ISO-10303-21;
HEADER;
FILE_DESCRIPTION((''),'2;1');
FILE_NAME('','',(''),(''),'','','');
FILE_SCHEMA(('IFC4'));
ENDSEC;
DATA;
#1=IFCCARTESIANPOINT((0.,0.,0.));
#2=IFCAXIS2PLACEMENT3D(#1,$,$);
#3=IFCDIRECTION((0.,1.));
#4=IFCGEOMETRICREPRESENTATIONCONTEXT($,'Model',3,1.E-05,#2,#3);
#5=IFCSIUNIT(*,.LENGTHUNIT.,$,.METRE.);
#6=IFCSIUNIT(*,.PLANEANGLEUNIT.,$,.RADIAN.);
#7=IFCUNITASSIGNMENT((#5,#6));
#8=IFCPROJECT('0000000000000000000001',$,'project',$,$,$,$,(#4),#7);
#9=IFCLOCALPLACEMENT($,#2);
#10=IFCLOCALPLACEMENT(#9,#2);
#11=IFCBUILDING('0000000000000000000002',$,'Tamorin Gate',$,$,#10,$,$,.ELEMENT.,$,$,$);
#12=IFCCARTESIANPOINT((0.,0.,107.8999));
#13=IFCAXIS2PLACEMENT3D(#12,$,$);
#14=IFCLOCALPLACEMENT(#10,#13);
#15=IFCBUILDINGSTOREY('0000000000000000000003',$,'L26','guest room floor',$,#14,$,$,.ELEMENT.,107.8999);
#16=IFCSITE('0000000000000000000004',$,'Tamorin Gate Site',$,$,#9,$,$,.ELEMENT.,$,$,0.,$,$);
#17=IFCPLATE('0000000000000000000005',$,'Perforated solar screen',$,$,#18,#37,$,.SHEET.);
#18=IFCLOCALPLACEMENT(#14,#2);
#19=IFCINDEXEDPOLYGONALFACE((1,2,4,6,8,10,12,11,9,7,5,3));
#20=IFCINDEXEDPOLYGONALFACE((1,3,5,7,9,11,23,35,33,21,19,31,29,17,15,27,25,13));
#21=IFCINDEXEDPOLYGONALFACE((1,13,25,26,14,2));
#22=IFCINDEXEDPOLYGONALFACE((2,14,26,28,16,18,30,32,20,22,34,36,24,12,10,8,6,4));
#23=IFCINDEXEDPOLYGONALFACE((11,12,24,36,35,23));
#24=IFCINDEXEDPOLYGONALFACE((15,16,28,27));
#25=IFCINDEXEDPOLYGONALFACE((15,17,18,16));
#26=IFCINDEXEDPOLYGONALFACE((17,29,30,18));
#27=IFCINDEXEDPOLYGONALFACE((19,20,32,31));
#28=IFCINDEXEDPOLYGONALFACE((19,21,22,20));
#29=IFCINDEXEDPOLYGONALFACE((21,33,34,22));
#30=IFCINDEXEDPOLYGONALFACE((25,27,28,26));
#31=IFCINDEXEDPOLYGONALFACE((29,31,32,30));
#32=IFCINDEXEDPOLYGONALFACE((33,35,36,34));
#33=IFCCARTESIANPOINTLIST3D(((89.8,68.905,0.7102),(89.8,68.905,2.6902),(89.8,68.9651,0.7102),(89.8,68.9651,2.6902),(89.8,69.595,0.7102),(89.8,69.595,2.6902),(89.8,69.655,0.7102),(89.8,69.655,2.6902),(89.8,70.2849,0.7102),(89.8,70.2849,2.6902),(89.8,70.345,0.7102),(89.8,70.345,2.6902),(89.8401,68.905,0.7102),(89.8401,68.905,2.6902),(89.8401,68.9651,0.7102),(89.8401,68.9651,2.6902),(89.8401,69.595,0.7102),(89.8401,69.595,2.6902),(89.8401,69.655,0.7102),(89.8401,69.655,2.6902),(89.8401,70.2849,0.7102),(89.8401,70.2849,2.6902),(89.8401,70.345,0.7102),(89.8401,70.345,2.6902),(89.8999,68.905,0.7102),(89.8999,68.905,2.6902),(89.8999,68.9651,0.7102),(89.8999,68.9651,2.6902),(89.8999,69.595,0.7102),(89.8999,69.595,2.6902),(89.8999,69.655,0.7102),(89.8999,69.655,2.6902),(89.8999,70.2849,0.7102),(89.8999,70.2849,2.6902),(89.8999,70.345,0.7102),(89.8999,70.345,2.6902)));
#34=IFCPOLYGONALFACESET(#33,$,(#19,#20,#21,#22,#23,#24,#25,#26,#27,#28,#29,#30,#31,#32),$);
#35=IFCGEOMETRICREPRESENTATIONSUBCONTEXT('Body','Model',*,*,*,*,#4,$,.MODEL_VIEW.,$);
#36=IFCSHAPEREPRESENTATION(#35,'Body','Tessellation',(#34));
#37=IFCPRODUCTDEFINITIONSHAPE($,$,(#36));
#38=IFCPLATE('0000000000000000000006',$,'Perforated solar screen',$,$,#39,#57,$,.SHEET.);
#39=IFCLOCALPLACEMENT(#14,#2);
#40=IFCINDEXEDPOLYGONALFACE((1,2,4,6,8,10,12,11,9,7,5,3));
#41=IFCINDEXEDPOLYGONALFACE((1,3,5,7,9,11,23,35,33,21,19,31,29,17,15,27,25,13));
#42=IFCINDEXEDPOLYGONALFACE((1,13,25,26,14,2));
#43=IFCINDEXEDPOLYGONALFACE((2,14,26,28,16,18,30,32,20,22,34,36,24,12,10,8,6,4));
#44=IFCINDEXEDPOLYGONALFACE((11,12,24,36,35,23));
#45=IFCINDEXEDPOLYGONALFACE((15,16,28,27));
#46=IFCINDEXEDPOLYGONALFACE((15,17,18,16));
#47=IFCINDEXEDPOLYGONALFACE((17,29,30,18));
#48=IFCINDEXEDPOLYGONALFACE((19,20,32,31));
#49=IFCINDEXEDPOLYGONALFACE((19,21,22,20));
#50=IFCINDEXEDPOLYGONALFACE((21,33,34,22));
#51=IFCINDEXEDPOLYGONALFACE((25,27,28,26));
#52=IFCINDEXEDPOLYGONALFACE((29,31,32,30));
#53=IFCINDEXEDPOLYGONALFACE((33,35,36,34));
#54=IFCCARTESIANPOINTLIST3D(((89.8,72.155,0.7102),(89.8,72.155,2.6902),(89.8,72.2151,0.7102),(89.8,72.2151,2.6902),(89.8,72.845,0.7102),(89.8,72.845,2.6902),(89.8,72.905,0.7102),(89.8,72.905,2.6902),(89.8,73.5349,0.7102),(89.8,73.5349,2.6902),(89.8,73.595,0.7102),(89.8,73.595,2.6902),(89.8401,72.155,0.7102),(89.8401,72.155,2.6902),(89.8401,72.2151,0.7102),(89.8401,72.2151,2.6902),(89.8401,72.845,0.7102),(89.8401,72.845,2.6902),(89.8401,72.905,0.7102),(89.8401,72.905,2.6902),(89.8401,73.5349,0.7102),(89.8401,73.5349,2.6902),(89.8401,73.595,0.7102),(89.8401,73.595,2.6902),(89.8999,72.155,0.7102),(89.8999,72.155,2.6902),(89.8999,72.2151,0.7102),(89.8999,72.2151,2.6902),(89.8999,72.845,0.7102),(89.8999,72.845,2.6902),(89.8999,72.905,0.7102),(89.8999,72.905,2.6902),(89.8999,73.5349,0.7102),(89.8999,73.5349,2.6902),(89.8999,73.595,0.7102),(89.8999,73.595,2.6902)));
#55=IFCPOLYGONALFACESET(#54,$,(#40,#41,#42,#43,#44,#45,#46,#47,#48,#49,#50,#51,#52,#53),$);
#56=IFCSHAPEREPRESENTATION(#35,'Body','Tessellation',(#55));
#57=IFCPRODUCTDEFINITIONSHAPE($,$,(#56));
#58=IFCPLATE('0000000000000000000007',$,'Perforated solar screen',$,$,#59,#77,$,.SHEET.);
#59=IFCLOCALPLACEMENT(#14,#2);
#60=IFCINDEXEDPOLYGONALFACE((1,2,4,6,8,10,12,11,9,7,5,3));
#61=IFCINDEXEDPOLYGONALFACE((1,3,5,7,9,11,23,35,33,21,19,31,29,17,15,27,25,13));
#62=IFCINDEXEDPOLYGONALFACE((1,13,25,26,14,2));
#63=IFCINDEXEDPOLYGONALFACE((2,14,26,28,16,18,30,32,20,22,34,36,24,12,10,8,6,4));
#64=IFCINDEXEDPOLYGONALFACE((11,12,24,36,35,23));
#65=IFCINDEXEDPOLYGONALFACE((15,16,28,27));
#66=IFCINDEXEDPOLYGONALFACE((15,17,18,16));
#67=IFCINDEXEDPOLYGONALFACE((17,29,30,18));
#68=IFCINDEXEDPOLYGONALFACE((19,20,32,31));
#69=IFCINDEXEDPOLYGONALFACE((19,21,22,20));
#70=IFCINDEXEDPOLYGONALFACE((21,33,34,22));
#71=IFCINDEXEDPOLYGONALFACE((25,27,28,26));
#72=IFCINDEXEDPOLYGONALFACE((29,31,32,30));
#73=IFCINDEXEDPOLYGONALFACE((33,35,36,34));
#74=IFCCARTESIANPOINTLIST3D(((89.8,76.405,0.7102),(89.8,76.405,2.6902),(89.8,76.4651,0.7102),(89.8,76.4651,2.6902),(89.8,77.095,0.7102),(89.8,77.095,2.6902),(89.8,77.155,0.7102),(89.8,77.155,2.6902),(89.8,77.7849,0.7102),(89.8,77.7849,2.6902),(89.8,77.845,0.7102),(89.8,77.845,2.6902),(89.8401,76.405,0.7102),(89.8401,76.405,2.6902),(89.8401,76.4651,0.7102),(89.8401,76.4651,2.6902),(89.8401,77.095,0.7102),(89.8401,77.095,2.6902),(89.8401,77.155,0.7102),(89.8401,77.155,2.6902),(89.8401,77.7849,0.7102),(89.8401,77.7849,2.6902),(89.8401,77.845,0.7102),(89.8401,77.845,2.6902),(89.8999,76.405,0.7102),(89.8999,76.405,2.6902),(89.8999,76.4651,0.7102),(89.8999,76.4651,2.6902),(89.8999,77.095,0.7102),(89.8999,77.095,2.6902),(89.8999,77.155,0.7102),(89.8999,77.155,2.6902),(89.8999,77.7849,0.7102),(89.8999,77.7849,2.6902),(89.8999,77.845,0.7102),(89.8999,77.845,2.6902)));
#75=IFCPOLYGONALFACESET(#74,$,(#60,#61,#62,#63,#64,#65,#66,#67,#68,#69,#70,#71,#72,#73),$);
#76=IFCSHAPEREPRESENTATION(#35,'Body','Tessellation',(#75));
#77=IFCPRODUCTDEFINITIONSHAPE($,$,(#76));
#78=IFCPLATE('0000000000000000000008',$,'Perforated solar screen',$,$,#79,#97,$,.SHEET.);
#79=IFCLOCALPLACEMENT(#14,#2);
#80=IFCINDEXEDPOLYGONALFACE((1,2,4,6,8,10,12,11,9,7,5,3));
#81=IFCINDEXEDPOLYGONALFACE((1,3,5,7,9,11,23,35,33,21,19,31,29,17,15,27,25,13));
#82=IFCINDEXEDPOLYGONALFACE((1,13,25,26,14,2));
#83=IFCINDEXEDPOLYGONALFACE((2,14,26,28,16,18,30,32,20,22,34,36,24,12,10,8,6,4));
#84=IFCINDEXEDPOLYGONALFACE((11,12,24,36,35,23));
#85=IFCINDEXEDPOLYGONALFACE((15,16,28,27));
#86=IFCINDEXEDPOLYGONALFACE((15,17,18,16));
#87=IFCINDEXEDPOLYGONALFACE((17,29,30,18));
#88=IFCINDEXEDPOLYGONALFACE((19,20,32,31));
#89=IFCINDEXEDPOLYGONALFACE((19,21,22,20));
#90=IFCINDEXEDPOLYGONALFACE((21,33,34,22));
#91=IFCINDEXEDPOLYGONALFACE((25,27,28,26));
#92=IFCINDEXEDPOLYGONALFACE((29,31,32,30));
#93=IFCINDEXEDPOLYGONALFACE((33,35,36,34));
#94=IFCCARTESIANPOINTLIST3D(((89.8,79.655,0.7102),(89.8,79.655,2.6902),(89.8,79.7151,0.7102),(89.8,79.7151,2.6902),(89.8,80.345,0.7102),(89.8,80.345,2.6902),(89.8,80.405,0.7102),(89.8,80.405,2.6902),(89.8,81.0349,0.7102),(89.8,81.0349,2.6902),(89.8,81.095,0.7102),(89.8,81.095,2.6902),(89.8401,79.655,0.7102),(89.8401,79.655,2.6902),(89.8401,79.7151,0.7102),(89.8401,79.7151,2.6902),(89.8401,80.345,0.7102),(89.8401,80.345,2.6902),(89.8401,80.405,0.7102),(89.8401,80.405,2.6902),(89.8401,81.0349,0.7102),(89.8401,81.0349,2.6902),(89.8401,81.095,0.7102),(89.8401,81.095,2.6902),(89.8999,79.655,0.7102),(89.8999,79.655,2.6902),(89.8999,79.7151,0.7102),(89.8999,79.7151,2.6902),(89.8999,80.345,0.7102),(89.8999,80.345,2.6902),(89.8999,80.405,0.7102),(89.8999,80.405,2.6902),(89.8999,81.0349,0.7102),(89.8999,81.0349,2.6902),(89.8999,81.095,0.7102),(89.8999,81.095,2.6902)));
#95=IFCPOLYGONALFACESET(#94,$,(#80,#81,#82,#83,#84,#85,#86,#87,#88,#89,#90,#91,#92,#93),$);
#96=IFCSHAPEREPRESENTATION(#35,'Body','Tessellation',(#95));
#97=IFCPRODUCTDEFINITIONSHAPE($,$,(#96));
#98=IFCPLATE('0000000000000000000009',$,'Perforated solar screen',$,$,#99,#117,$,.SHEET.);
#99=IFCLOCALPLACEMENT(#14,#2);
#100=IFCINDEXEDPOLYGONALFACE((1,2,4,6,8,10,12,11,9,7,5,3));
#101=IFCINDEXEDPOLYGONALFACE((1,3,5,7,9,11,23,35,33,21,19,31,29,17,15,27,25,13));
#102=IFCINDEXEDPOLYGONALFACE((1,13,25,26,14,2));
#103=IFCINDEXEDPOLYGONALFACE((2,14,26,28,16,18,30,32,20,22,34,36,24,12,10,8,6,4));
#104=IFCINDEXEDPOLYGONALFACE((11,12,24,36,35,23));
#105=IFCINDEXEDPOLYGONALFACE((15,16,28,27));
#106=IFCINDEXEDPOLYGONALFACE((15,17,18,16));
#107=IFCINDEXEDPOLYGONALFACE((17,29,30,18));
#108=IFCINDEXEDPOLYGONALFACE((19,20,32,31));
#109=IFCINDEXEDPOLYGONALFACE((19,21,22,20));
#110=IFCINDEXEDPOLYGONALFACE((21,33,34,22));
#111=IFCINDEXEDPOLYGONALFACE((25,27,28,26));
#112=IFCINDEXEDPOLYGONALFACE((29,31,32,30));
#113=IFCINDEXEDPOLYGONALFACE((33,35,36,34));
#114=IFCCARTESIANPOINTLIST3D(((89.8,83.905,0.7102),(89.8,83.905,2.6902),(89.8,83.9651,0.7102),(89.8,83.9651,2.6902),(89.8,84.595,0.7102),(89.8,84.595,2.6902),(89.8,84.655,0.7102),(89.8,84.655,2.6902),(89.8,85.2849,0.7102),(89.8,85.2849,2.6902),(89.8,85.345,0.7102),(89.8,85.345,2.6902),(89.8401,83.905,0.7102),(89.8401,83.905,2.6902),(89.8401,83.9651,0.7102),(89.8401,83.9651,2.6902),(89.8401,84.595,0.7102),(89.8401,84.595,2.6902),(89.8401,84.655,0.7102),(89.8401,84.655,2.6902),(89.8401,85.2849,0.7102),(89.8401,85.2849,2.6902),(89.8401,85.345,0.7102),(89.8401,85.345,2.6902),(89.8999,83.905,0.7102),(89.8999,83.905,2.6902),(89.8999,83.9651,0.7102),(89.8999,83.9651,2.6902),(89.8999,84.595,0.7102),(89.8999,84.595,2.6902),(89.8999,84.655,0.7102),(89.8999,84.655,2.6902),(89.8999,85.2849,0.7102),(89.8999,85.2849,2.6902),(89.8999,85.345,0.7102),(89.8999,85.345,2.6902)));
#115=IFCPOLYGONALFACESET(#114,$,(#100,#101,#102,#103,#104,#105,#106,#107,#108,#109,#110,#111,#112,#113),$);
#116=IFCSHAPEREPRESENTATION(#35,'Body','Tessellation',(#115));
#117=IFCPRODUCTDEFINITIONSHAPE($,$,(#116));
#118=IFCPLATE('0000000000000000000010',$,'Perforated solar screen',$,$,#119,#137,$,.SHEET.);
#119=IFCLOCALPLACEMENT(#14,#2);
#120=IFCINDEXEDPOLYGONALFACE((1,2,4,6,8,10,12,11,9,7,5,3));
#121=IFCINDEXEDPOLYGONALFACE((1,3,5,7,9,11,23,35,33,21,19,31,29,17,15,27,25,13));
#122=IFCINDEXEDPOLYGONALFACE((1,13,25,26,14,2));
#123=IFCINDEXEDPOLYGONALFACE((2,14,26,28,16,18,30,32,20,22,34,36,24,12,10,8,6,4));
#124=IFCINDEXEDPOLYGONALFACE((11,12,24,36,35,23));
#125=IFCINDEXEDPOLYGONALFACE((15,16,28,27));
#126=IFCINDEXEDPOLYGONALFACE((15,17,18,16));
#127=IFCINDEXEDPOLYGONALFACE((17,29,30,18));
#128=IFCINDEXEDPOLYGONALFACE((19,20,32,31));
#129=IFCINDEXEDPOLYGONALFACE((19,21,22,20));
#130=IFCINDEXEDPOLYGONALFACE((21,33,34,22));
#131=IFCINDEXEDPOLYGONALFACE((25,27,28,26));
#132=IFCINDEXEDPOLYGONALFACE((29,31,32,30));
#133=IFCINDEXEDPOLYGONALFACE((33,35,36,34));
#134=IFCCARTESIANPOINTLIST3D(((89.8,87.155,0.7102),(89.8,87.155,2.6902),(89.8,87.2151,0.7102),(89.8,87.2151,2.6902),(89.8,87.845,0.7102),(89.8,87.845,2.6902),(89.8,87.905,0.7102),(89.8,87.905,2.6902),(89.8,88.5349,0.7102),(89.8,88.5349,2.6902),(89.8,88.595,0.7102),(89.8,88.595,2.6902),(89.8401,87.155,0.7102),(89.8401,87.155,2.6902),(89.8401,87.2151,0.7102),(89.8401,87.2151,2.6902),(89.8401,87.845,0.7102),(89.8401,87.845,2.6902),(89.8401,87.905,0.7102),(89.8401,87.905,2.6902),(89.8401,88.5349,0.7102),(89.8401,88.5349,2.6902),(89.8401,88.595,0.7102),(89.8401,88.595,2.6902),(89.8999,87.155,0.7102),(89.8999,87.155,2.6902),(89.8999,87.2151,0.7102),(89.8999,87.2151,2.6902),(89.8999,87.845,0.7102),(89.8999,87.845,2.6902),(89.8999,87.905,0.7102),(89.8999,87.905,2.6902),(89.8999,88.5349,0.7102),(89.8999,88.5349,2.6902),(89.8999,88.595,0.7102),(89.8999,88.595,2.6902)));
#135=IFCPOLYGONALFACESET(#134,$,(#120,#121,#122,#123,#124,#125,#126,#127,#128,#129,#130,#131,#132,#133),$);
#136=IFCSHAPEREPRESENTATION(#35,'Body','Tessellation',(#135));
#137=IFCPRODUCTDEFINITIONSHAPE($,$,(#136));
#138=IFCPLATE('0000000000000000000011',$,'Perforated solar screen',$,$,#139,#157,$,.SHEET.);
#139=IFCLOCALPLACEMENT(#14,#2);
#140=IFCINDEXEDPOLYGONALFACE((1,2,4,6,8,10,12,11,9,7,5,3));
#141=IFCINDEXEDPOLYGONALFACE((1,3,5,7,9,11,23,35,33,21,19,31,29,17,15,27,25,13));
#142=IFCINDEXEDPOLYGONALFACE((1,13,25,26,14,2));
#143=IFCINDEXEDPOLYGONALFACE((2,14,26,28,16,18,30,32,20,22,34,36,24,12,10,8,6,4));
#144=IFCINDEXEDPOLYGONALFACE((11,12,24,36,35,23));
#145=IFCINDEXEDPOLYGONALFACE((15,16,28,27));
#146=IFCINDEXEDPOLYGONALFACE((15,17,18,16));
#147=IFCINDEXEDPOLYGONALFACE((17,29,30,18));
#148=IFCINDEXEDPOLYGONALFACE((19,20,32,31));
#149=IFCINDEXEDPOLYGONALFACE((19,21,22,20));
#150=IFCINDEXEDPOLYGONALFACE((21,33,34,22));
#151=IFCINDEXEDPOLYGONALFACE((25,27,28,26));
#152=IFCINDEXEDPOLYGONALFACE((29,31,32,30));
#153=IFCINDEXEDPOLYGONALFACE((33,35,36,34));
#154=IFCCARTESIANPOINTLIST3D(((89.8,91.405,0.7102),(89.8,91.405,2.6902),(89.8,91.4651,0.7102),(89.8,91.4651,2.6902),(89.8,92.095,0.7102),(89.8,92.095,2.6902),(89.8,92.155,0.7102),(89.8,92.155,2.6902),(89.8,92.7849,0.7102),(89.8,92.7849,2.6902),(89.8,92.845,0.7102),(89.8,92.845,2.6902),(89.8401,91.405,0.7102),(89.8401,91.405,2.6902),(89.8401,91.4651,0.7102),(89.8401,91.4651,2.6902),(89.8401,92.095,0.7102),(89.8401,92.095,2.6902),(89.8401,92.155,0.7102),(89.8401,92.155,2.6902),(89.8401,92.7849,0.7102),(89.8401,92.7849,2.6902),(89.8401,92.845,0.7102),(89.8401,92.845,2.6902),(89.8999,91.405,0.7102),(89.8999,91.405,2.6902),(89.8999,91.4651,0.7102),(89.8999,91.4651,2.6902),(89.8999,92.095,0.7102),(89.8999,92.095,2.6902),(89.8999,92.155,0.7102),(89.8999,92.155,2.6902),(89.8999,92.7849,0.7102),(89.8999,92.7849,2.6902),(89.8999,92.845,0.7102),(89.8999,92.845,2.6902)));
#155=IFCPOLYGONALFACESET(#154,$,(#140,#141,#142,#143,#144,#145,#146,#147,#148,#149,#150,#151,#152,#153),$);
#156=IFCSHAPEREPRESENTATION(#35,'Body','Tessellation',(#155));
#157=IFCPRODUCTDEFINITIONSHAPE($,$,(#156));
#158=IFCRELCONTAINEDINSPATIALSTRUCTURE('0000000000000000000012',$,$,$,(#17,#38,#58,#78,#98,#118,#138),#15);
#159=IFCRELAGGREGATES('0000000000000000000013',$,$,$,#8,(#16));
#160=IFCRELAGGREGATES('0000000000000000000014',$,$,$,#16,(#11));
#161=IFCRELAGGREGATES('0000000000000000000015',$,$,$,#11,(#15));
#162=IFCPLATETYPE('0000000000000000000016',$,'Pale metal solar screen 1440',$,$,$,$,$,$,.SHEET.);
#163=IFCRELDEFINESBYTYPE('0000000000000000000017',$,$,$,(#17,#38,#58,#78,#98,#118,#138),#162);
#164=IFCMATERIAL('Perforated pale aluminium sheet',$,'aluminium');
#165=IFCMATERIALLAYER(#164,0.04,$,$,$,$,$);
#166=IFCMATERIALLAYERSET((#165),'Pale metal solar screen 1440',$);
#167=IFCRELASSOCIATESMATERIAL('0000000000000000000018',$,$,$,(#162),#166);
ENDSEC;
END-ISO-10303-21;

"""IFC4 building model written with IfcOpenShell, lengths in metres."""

from ifc_helpers import new_model, si_unit, direction, frame, origin, place, context, subcontext, project, spatial, polyline, outline, extrude, material, layer, layer_set, type_object, element, save


model = new_model("IFC4")

# Units and contexts
model_context = context("Model", 3, precision=1e-05, world=origin(), true_north=direction((0.0, 1.0)))
body_context = subcontext(model_context, "Body", "Model", "MODEL_VIEW")
ifc_project = project(units=[si_unit("LENGTHUNIT", "METRE"), si_unit("PLANEANGLEUNIT", "RADIAN")], contexts=[model_context])

# Site, building, storey
site_placement = place(None, origin())
site = spatial("IfcSite", under=ifc_project, at=site_placement, Name="Tamorin Gate Site", CompositionType="ELEMENT", RefElevation=0.0)
building_placement = place(site_placement, origin())
building = spatial("IfcBuilding", under=site, at=building_placement, Name="Tamorin Gate", CompositionType="ELEMENT")
storey_placement = place(building_placement, frame((0.0, 0.0, 107.8999)))
storey = spatial("IfcBuildingStorey", under=building, at=storey_placement, Name="L26", Description="guest room floor", CompositionType="ELEMENT", Elevation=107.8999)

# Plates
ifc_material = material(Name="Perforated pale aluminium sheet", Category="aluminium")
ifc_layer = layer(ifc_material, 0.04)
ifc_layer_set = layer_set([ifc_layer], Name="Pale metal solar screen 1440")
plate_type = type_object("IfcPlateType", Name="Pale metal solar screen 1440", PredefinedType="SHEET", material=ifc_layer_set)
plate_1_placement = place(storey_placement, frame((0.0, 0.0, 0.7102)))
element("IfcPlate", 1, at=plate_1_placement, inside=storey, type_object=plate_type, Name="Perforated solar screen", PredefinedType="SHEET", context=body_context, shape_type="SweptSolid", body=[
    extrude(outline(polyline([(89.8401, 68.905), (89.8, 68.905), (89.8, 68.9651), (89.8, 69.595), (89.8, 69.655), (89.8, 70.2849), (89.8, 70.345), (89.8401, 70.345), (89.8999, 70.345), (89.8999, 70.2849), (89.8401, 70.2849), (89.8401, 69.655), (89.8999, 69.655), (89.8999, 69.595), (89.8401, 69.595), (89.8401, 68.9651), (89.8999, 68.9651), (89.8999, 68.905), (89.8401, 68.905)])), origin(), (0.0, 0.0, 1.0), 1.98),
])
plate_2_placement = place(storey_placement, frame((0.0, 0.0, 0.7102)))
element("IfcPlate", 2, at=plate_2_placement, inside=storey, type_object=plate_type, Name="Perforated solar screen", PredefinedType="SHEET", context=body_context, shape_type="SweptSolid", body=[
    extrude(outline(polyline([(89.8401, 72.155), (89.8, 72.155), (89.8, 72.2151), (89.8, 72.845), (89.8, 72.905), (89.8, 73.5349), (89.8, 73.595), (89.8401, 73.595), (89.8999, 73.595), (89.8999, 73.5349), (89.8401, 73.5349), (89.8401, 72.905), (89.8999, 72.905), (89.8999, 72.845), (89.8401, 72.845), (89.8401, 72.2151), (89.8999, 72.2151), (89.8999, 72.155), (89.8401, 72.155)])), origin(), (0.0, 0.0, 1.0), 1.98),
])
plate_3_placement = place(storey_placement, frame((0.0, 0.0, 0.7102)))
element("IfcPlate", 3, at=plate_3_placement, inside=storey, type_object=plate_type, Name="Perforated solar screen", PredefinedType="SHEET", context=body_context, shape_type="SweptSolid", body=[
    extrude(outline(polyline([(89.8401, 76.405), (89.8, 76.405), (89.8, 76.4651), (89.8, 77.095), (89.8, 77.155), (89.8, 77.7849), (89.8, 77.845), (89.8401, 77.845), (89.8999, 77.845), (89.8999, 77.7849), (89.8401, 77.7849), (89.8401, 77.155), (89.8999, 77.155), (89.8999, 77.095), (89.8401, 77.095), (89.8401, 76.4651), (89.8999, 76.4651), (89.8999, 76.405), (89.8401, 76.405)])), origin(), (0.0, 0.0, 1.0), 1.98),
])
plate_4_placement = place(storey_placement, frame((0.0, 0.0, 0.7102)))
element("IfcPlate", 4, at=plate_4_placement, inside=storey, type_object=plate_type, Name="Perforated solar screen", PredefinedType="SHEET", context=body_context, shape_type="SweptSolid", body=[
    extrude(outline(polyline([(89.8401, 79.655), (89.8, 79.655), (89.8, 79.7151), (89.8, 80.345), (89.8, 80.405), (89.8, 81.0349), (89.8, 81.095), (89.8401, 81.095), (89.8999, 81.095), (89.8999, 81.0349), (89.8401, 81.0349), (89.8401, 80.405), (89.8999, 80.405), (89.8999, 80.345), (89.8401, 80.345), (89.8401, 79.7151), (89.8999, 79.7151), (89.8999, 79.655), (89.8401, 79.655)])), origin(), (0.0, 0.0, 1.0), 1.98),
])
plate_5_placement = place(storey_placement, frame((0.0, 0.0, 0.7102)))
element("IfcPlate", 5, at=plate_5_placement, inside=storey, type_object=plate_type, Name="Perforated solar screen", PredefinedType="SHEET", context=body_context, shape_type="SweptSolid", body=[
    extrude(outline(polyline([(89.8401, 83.905), (89.8, 83.905), (89.8, 83.9651), (89.8, 84.595), (89.8, 84.655), (89.8, 85.2849), (89.8, 85.345), (89.8401, 85.345), (89.8999, 85.345), (89.8999, 85.2849), (89.8401, 85.2849), (89.8401, 84.655), (89.8999, 84.655), (89.8999, 84.595), (89.8401, 84.595), (89.8401, 83.9651), (89.8999, 83.9651), (89.8999, 83.905), (89.8401, 83.905)])), origin(), (0.0, 0.0, 1.0), 1.98),
])
plate_6_placement = place(storey_placement, frame((0.0, 0.0, 0.7102)))
element("IfcPlate", 6, at=plate_6_placement, inside=storey, type_object=plate_type, Name="Perforated solar screen", PredefinedType="SHEET", context=body_context, shape_type="SweptSolid", body=[
    extrude(outline(polyline([(89.8401, 87.155), (89.8, 87.155), (89.8, 87.2151), (89.8, 87.845), (89.8, 87.905), (89.8, 88.5349), (89.8, 88.595), (89.8401, 88.595), (89.8999, 88.595), (89.8999, 88.5349), (89.8401, 88.5349), (89.8401, 87.905), (89.8999, 87.905), (89.8999, 87.845), (89.8401, 87.845), (89.8401, 87.2151), (89.8999, 87.2151), (89.8999, 87.155), (89.8401, 87.155)])), origin(), (0.0, 0.0, 1.0), 1.98),
])
plate_7_placement = place(storey_placement, frame((0.0, 0.0, 0.7102)))
element("IfcPlate", 7, at=plate_7_placement, inside=storey, type_object=plate_type, Name="Perforated solar screen", PredefinedType="SHEET", context=body_context, shape_type="SweptSolid", body=[
    extrude(outline(polyline([(89.8401, 91.405), (89.8, 91.405), (89.8, 91.4651), (89.8, 92.095), (89.8, 92.155), (89.8, 92.7849), (89.8, 92.845), (89.8401, 92.845), (89.8999, 92.845), (89.8999, 92.7849), (89.8401, 92.7849), (89.8401, 92.155), (89.8999, 92.155), (89.8999, 92.095), (89.8401, 92.095), (89.8401, 91.4651), (89.8999, 91.4651), (89.8999, 91.405), (89.8401, 91.405)])), origin(), (0.0, 0.0, 1.0), 1.98),
])

save(model, "model.ifc")
